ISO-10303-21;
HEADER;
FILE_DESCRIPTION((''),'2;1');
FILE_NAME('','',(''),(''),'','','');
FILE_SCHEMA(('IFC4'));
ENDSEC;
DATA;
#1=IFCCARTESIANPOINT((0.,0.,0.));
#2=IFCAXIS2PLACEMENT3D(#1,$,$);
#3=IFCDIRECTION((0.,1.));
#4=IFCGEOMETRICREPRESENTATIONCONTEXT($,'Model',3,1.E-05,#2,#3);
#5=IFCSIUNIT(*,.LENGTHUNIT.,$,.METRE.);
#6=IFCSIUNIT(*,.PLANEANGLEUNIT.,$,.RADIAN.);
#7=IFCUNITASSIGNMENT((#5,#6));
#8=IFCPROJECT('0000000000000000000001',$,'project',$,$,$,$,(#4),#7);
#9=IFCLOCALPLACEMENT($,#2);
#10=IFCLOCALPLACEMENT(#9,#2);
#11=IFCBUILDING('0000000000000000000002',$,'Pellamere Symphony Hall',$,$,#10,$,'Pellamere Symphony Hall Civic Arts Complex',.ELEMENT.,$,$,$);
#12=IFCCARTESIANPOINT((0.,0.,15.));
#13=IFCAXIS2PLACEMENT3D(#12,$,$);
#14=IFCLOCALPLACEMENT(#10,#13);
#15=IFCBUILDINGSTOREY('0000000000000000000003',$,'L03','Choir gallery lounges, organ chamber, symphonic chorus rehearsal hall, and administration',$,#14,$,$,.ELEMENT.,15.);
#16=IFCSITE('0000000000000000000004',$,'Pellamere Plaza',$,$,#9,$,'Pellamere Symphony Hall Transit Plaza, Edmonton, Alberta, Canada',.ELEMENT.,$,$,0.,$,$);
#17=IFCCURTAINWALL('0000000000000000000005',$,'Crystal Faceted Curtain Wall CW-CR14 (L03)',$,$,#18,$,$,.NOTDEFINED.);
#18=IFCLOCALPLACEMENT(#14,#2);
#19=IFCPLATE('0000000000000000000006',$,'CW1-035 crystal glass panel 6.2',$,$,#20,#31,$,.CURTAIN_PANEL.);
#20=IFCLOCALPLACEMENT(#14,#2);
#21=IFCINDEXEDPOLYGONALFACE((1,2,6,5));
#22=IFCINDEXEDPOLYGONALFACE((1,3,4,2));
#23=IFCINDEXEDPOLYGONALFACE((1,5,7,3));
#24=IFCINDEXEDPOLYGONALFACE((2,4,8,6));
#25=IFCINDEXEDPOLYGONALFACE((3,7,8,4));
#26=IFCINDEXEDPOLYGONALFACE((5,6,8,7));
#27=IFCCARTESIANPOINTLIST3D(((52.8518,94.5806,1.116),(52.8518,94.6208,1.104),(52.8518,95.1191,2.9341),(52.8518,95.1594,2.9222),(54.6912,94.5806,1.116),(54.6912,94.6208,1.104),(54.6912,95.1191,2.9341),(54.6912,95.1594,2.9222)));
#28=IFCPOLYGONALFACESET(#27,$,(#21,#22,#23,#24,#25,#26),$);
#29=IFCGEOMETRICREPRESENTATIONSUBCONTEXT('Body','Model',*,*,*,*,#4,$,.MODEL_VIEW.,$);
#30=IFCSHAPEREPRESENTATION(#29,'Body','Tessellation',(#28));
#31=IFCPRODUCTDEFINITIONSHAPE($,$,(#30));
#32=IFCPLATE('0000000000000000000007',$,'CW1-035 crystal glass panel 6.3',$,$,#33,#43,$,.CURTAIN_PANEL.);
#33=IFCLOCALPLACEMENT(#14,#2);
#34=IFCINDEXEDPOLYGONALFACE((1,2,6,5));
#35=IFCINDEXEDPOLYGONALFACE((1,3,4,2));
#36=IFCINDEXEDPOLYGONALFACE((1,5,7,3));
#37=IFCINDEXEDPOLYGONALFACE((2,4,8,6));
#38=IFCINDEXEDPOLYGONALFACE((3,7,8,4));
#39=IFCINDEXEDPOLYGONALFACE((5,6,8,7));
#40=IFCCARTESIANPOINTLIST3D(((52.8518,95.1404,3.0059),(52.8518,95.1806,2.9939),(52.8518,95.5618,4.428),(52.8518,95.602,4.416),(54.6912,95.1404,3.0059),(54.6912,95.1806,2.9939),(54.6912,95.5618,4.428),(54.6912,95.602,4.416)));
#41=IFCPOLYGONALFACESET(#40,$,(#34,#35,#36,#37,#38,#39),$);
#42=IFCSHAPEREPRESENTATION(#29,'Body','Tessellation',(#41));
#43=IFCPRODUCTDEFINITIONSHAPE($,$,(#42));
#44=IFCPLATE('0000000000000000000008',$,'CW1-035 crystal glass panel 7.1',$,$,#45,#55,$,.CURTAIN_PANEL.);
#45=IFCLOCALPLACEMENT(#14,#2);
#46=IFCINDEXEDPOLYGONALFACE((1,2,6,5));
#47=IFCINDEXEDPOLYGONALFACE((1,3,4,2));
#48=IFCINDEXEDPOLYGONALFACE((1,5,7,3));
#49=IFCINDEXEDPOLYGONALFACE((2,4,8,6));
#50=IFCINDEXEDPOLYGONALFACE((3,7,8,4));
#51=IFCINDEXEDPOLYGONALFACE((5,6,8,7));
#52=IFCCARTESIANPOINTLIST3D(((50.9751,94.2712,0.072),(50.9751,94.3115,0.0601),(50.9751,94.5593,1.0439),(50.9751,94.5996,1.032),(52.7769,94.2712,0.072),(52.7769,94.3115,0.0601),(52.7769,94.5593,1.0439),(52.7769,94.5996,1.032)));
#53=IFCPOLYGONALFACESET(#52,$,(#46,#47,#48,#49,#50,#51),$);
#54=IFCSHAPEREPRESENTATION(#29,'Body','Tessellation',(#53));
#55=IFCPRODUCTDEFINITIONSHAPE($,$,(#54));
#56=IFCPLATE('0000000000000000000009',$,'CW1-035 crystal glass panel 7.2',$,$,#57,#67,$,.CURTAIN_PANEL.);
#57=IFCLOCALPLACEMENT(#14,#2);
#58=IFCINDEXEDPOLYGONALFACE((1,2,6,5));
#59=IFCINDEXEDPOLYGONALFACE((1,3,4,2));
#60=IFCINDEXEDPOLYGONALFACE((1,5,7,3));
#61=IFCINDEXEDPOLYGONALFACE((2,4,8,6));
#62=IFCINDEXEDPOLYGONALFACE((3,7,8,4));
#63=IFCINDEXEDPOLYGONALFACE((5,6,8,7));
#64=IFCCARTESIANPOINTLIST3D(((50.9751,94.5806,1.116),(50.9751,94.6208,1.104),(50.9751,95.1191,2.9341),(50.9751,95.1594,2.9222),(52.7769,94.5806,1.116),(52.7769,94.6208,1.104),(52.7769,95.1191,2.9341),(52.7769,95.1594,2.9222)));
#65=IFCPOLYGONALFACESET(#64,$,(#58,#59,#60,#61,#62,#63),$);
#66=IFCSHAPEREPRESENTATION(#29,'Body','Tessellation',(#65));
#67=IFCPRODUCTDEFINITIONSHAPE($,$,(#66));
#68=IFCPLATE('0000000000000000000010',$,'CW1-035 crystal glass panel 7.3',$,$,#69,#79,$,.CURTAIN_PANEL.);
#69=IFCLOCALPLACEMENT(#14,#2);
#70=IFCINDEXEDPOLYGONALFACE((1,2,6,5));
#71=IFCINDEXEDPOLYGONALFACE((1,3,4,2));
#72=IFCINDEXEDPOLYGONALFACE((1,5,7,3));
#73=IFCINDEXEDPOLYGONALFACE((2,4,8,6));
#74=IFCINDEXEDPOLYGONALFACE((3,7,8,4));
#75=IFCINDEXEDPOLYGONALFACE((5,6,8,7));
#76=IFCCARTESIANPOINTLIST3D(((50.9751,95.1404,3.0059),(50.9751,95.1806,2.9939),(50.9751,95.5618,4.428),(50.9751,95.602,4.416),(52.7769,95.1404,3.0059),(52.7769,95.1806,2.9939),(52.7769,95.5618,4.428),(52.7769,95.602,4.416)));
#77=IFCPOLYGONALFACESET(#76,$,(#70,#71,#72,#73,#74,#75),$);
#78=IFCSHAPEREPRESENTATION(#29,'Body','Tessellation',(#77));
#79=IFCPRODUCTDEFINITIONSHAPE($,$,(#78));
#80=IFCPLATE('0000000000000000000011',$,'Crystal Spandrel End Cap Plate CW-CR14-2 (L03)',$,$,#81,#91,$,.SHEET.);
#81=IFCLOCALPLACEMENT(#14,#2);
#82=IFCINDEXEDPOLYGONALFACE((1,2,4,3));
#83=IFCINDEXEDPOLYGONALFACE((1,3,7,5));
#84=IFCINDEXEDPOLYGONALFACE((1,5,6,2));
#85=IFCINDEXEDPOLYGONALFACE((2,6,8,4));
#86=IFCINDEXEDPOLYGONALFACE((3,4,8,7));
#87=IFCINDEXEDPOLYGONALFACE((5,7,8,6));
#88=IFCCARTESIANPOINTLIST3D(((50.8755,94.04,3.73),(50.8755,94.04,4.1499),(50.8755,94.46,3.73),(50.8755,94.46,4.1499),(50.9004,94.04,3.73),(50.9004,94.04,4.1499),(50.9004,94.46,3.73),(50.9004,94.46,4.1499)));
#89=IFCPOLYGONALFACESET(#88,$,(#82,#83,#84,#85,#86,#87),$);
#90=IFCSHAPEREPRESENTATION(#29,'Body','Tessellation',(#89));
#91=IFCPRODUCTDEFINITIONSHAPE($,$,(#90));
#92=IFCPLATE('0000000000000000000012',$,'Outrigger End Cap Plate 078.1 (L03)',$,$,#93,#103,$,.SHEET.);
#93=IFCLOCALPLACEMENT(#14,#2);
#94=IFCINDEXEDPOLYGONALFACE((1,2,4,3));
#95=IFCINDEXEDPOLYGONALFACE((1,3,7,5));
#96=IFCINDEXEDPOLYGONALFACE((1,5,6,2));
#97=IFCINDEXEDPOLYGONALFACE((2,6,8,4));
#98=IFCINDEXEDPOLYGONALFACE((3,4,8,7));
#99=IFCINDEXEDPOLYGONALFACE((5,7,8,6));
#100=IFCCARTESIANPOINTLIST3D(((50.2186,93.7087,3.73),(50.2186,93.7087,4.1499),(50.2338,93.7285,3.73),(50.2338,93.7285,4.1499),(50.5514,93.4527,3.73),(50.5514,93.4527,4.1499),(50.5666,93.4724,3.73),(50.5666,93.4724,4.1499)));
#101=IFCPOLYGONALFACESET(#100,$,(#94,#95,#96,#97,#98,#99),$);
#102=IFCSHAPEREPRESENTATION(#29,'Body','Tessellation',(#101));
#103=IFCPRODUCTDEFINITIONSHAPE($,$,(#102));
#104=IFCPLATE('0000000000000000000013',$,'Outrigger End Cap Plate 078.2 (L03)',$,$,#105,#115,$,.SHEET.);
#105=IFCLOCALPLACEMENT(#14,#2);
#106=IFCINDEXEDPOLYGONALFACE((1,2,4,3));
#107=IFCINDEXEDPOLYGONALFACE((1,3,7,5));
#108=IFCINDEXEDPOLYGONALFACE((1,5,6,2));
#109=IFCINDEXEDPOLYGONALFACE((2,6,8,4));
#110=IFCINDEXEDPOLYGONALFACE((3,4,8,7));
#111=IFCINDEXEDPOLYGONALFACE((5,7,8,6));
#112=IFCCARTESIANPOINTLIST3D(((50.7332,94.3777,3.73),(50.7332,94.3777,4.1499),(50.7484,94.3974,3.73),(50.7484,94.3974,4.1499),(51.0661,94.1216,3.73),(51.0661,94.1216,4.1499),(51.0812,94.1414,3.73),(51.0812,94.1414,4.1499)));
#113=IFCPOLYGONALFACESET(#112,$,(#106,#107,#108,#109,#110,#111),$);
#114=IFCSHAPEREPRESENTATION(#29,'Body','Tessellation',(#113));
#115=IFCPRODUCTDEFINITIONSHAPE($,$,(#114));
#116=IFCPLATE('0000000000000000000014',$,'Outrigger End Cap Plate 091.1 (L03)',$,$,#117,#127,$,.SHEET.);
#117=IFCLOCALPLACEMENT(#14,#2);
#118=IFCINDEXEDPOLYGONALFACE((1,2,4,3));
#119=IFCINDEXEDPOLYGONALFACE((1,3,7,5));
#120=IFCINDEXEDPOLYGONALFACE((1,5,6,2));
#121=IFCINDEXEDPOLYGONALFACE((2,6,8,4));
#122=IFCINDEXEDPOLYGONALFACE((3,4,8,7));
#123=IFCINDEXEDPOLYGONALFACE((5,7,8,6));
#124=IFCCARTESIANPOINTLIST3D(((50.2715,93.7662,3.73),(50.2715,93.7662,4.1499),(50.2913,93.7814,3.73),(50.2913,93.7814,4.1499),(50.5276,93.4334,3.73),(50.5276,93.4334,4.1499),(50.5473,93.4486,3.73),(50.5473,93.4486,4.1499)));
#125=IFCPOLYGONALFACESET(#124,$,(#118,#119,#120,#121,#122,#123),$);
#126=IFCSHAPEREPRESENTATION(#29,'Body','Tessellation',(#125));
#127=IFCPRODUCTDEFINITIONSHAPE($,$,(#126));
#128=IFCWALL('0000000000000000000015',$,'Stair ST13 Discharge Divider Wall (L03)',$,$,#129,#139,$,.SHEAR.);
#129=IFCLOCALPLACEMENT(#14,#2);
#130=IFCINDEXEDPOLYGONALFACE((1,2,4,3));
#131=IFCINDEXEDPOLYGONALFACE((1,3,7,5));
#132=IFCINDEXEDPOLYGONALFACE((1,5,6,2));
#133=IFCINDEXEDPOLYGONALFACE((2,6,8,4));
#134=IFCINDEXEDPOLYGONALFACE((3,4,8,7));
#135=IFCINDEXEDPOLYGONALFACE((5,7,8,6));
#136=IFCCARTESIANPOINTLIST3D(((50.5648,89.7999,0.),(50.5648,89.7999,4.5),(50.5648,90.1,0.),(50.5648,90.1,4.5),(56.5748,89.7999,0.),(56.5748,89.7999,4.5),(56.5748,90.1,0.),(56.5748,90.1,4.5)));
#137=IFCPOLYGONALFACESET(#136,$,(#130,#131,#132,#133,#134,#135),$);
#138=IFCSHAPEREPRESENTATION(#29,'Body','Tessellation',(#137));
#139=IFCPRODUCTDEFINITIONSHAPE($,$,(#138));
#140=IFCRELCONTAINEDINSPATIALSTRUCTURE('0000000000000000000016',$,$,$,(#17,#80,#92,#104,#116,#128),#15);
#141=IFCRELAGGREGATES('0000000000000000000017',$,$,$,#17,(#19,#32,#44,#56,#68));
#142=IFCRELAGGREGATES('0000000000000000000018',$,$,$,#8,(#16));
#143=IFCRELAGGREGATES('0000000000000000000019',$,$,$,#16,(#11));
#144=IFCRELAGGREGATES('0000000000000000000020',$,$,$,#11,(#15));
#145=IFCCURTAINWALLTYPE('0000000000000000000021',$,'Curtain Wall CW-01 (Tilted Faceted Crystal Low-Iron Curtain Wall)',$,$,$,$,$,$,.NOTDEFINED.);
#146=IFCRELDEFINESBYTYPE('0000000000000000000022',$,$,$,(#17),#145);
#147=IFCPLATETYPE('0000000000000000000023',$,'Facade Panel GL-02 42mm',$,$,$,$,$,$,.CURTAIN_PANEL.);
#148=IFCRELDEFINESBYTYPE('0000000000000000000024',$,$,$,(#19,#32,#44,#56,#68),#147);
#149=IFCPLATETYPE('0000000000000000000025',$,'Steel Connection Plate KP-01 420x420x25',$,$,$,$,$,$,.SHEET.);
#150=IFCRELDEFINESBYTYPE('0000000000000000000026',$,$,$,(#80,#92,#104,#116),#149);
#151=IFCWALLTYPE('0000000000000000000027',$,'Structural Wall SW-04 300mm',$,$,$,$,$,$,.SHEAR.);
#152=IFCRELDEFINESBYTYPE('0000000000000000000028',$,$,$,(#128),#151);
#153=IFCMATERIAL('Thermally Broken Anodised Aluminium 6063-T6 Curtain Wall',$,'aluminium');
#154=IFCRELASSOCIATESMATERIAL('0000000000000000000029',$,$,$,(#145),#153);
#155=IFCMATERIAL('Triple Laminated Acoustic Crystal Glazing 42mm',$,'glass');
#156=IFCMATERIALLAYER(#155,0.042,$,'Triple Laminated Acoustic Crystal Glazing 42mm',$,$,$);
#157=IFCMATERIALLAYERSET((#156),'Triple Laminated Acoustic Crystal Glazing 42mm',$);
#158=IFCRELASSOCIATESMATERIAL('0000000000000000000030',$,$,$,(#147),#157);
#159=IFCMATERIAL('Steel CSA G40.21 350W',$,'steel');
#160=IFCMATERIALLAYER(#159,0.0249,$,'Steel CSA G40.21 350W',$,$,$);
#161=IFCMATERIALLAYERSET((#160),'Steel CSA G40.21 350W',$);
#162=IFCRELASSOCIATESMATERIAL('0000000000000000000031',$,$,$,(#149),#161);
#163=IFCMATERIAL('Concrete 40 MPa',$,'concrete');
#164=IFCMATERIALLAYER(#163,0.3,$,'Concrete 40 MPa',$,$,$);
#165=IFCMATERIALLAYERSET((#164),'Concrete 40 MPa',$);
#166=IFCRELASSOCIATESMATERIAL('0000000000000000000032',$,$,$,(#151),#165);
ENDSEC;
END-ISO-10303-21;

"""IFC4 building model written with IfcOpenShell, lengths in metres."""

from ifc_helpers import new_model, si_unit, direction, frame, frame_2d, origin, origin_2d, place, context, subcontext, project, spatial, polyline, rectangle, outline, extrude, material, layer, layer_set, type_object, element, aggregate, save


model = new_model("IFC4")

# Units and contexts
model_context = context("Model", 3, precision=1e-05, world=origin(), true_north=direction((0.0, 1.0)))
body_context = subcontext(model_context, "Body", "Model", "MODEL_VIEW")
ifc_project = project(units=[si_unit("LENGTHUNIT", "METRE"), si_unit("PLANEANGLEUNIT", "RADIAN")], contexts=[model_context])

# Site, building, storey
site_placement = place(None, origin())
site = spatial("IfcSite", under=ifc_project, at=site_placement, Name="Pellamere Plaza", LongName="Pellamere Symphony Hall Transit Plaza, Edmonton, Alberta, Canada", CompositionType="ELEMENT", RefElevation=0.0)
building_placement = place(site_placement, origin())
building = spatial("IfcBuilding", under=site, at=building_placement, Name="Pellamere Symphony Hall", LongName="Pellamere Symphony Hall Civic Arts Complex", CompositionType="ELEMENT")
storey_placement = place(building_placement, frame((0.0, 0.0, 15.0)))
storey = spatial("IfcBuildingStorey", under=building, at=storey_placement, Name="L03", Description="Choir gallery lounges, organ chamber, symphonic chorus rehearsal hall, and administration", CompositionType="ELEMENT", Elevation=15.0)

# Shared definitions
ifc_material_1 = material(Name="Concrete 40 MPa", Category="concrete")

# Curtain wall
ifc_material_2 = material(Name="Thermally Broken Anodised Aluminium 6063-T6 Curtain Wall", Category="aluminium")
curtain_wall_type = type_object("IfcCurtainWallType", Name="Curtain Wall CW-01 (Tilted Faceted Crystal Low-Iron Curtain Wall)", PredefinedType="NOTDEFINED", material=ifc_material_2)
curtain_wall_placement = place(storey_placement, origin())
curtain_wall = element("IfcCurtainWall", 1, at=curtain_wall_placement, inside=storey, type_object=curtain_wall_type, Name="Crystal Faceted Curtain Wall CW-CR14 (L03)", PredefinedType="NOTDEFINED")

# Shared definitions
ifc_material_3 = material(Name="Steel CSA G40.21 350W", Category="steel")

# Plates
ifc_material_4 = material(Name="Triple Laminated Acoustic Crystal Glazing 42mm", Category="glass")
ifc_layer_1 = layer(ifc_material_4, 0.042, Name="Triple Laminated Acoustic Crystal Glazing 42mm")
ifc_layer_set_1 = layer_set([ifc_layer_1], Name="Triple Laminated Acoustic Crystal Glazing 42mm")
plate_type_1 = type_object("IfcPlateType", Name="Facade Panel GL-02 42mm", PredefinedType="CURTAIN_PANEL", material=ifc_layer_set_1)
plate_1_placement = place(storey_placement, frame((54.6912, 94.5806, 1.116), z_axis=(0.0, -0.958816, 0.284027), x_axis=(-1.0, 0.0, 0.0)))
plate_1 = element("IfcPlate", 2, at=plate_1_placement, type_object=plate_type_1, Name="CW1-035 crystal glass panel 6.2", PredefinedType="CURTAIN_PANEL", context=body_context, shape_type="SweptSolid", body=[
    extrude(outline(polyline([(0.0, 0.0), (1.8394, 0.0), (1.8394, -1.8962), (0.0, -1.8962), (0.0, 0.0)])), origin(), (0.0, 0.0, -1.0), 0.042),
])
plate_2_placement = place(storey_placement, frame((54.6912, 95.1404, 3.0059), z_axis=(0.0, -0.958795, 0.2841), x_axis=(-1.0, 0.0, 0.0)))
plate_2 = element("IfcPlate", 3, at=plate_2_placement, type_object=plate_type_1, Name="CW1-035 crystal glass panel 6.3", PredefinedType="CURTAIN_PANEL", context=body_context, shape_type="SweptSolid", body=[
    extrude(outline(polyline([(0.0, 0.0), (1.8394, 0.0), (1.8394, -1.4832), (0.0, -1.4832), (0.0, 0.0)])), origin(), (0.0, 0.0, -1.0), 0.042),
])
plate_3_placement = place(storey_placement, frame((52.7769, 94.2712, 0.072), z_axis=(0.0, -0.958769, 0.284187), x_axis=(-1.0, 0.0, 0.0)))
plate_3 = element("IfcPlate", 4, at=plate_3_placement, type_object=plate_type_1, Name="CW1-035 crystal glass panel 7.1", PredefinedType="CURTAIN_PANEL", context=body_context, shape_type="SweptSolid", body=[
    extrude(outline(polyline([(0.0, 0.0), (1.8018, 0.0), (1.8018, -1.0137), (0.0, -1.0137), (0.0, 0.0)])), origin(), (0.0, 0.0, -1.0), 0.042),
])
plate_4_placement = place(storey_placement, frame((52.7769, 94.5806, 1.116), z_axis=(0.0, -0.958816, 0.284027), x_axis=(-1.0, 0.0, 0.0)))
plate_4 = element("IfcPlate", 5, at=plate_4_placement, type_object=plate_type_1, Name="CW1-035 crystal glass panel 7.2", PredefinedType="CURTAIN_PANEL", context=body_context, shape_type="SweptSolid", body=[
    extrude(outline(polyline([(0.0, 0.0), (1.8018, 0.0), (1.8018, -1.8962), (0.0, -1.8962), (0.0, 0.0)])), origin(), (0.0, 0.0, -1.0), 0.042),
])
plate_5_placement = place(storey_placement, frame((52.7769, 95.1404, 3.0059), z_axis=(0.0, -0.958795, 0.2841), x_axis=(-1.0, 0.0, 0.0)))
plate_5 = element("IfcPlate", 6, at=plate_5_placement, type_object=plate_type_1, Name="CW1-035 crystal glass panel 7.3", PredefinedType="CURTAIN_PANEL", context=body_context, shape_type="SweptSolid", body=[
    extrude(outline(polyline([(0.0, 0.0), (1.8018, 0.0), (1.8018, -1.4832), (0.0, -1.4832), (0.0, 0.0)])), origin(), (0.0, 0.0, -1.0), 0.042),
])
aggregate(curtain_wall, [plate_1, plate_2, plate_3, plate_4, plate_5])

# Plates
ifc_layer_2 = layer(ifc_material_3, 0.0249, Name="Steel CSA G40.21 350W")
ifc_layer_set_2 = layer_set([ifc_layer_2], Name="Steel CSA G40.21 350W")
plate_type_2 = type_object("IfcPlateType", Name="Steel Connection Plate KP-01 420x420x25", PredefinedType="SHEET", material=ifc_layer_set_2)
for number, where, z_axis, x_axis, name in (
    (7, (50.8879, 94.25, 3.73), (0.0, 0.0, 1.0), (-1.0, 0.0, 0.0), "Crystal Spandrel End Cap Plate CW-CR14-2 (L03)"),
    (8, (50.3926, 93.5906, 3.73), (0.0, 0.0, 1.0), (0.60973, 0.792609, 0.0), "Outrigger End Cap Plate 078.1 (L03)"),
    (9, (50.9072, 94.2595, 3.73), (0.0, 0.0, 1.0), (0.60973, 0.792609, 0.0), "Outrigger End Cap Plate 078.2 (L03)"),
    (10, (50.4094, 93.6074, 3.73), (0.0, 0.0, 1.0), (-0.792609, -0.60973, 0.0), "Outrigger End Cap Plate 091.1 (L03)"),
):
    element("IfcPlate", number, at=place(storey_placement, frame(where, z_axis=z_axis, x_axis=x_axis)), inside=storey, type_object=plate_type_2, Name=name, PredefinedType="SHEET", context=body_context, shape_type="SweptSolid", body=[
        extrude(rectangle(XDim=0.0249, YDim=0.4199, at=origin_2d()), origin(), (0.0, 0.0, 1.0), 0.4199),
    ])

# Wall
ifc_layer_3 = layer(ifc_material_1, 0.3, Name="Concrete 40 MPa")
ifc_layer_set_3 = layer_set([ifc_layer_3], Name="Concrete 40 MPa")
wall_type = type_object("IfcWallType", Name="Structural Wall SW-04 300mm", PredefinedType="SHEAR", material=ifc_layer_set_3)
wall_placement = place(storey_placement, frame((50.5649, 89.95, 0.0), z_axis=(0.0, 0.0, 1.0), x_axis=(1.0, 0.0, 0.0)))
element("IfcWall", 11, at=wall_placement, inside=storey, type_object=wall_type, Name="Stair ST13 Discharge Divider Wall (L03)", PredefinedType="SHEAR", context=body_context, shape_type="SweptSolid", body=[
    extrude(rectangle(XDim=6.01, YDim=0.3, at=frame_2d((3.0049, 0.0))), origin(), (0.0, 0.0, 1.0), 4.5),
])

save(model, "model.ifc")
